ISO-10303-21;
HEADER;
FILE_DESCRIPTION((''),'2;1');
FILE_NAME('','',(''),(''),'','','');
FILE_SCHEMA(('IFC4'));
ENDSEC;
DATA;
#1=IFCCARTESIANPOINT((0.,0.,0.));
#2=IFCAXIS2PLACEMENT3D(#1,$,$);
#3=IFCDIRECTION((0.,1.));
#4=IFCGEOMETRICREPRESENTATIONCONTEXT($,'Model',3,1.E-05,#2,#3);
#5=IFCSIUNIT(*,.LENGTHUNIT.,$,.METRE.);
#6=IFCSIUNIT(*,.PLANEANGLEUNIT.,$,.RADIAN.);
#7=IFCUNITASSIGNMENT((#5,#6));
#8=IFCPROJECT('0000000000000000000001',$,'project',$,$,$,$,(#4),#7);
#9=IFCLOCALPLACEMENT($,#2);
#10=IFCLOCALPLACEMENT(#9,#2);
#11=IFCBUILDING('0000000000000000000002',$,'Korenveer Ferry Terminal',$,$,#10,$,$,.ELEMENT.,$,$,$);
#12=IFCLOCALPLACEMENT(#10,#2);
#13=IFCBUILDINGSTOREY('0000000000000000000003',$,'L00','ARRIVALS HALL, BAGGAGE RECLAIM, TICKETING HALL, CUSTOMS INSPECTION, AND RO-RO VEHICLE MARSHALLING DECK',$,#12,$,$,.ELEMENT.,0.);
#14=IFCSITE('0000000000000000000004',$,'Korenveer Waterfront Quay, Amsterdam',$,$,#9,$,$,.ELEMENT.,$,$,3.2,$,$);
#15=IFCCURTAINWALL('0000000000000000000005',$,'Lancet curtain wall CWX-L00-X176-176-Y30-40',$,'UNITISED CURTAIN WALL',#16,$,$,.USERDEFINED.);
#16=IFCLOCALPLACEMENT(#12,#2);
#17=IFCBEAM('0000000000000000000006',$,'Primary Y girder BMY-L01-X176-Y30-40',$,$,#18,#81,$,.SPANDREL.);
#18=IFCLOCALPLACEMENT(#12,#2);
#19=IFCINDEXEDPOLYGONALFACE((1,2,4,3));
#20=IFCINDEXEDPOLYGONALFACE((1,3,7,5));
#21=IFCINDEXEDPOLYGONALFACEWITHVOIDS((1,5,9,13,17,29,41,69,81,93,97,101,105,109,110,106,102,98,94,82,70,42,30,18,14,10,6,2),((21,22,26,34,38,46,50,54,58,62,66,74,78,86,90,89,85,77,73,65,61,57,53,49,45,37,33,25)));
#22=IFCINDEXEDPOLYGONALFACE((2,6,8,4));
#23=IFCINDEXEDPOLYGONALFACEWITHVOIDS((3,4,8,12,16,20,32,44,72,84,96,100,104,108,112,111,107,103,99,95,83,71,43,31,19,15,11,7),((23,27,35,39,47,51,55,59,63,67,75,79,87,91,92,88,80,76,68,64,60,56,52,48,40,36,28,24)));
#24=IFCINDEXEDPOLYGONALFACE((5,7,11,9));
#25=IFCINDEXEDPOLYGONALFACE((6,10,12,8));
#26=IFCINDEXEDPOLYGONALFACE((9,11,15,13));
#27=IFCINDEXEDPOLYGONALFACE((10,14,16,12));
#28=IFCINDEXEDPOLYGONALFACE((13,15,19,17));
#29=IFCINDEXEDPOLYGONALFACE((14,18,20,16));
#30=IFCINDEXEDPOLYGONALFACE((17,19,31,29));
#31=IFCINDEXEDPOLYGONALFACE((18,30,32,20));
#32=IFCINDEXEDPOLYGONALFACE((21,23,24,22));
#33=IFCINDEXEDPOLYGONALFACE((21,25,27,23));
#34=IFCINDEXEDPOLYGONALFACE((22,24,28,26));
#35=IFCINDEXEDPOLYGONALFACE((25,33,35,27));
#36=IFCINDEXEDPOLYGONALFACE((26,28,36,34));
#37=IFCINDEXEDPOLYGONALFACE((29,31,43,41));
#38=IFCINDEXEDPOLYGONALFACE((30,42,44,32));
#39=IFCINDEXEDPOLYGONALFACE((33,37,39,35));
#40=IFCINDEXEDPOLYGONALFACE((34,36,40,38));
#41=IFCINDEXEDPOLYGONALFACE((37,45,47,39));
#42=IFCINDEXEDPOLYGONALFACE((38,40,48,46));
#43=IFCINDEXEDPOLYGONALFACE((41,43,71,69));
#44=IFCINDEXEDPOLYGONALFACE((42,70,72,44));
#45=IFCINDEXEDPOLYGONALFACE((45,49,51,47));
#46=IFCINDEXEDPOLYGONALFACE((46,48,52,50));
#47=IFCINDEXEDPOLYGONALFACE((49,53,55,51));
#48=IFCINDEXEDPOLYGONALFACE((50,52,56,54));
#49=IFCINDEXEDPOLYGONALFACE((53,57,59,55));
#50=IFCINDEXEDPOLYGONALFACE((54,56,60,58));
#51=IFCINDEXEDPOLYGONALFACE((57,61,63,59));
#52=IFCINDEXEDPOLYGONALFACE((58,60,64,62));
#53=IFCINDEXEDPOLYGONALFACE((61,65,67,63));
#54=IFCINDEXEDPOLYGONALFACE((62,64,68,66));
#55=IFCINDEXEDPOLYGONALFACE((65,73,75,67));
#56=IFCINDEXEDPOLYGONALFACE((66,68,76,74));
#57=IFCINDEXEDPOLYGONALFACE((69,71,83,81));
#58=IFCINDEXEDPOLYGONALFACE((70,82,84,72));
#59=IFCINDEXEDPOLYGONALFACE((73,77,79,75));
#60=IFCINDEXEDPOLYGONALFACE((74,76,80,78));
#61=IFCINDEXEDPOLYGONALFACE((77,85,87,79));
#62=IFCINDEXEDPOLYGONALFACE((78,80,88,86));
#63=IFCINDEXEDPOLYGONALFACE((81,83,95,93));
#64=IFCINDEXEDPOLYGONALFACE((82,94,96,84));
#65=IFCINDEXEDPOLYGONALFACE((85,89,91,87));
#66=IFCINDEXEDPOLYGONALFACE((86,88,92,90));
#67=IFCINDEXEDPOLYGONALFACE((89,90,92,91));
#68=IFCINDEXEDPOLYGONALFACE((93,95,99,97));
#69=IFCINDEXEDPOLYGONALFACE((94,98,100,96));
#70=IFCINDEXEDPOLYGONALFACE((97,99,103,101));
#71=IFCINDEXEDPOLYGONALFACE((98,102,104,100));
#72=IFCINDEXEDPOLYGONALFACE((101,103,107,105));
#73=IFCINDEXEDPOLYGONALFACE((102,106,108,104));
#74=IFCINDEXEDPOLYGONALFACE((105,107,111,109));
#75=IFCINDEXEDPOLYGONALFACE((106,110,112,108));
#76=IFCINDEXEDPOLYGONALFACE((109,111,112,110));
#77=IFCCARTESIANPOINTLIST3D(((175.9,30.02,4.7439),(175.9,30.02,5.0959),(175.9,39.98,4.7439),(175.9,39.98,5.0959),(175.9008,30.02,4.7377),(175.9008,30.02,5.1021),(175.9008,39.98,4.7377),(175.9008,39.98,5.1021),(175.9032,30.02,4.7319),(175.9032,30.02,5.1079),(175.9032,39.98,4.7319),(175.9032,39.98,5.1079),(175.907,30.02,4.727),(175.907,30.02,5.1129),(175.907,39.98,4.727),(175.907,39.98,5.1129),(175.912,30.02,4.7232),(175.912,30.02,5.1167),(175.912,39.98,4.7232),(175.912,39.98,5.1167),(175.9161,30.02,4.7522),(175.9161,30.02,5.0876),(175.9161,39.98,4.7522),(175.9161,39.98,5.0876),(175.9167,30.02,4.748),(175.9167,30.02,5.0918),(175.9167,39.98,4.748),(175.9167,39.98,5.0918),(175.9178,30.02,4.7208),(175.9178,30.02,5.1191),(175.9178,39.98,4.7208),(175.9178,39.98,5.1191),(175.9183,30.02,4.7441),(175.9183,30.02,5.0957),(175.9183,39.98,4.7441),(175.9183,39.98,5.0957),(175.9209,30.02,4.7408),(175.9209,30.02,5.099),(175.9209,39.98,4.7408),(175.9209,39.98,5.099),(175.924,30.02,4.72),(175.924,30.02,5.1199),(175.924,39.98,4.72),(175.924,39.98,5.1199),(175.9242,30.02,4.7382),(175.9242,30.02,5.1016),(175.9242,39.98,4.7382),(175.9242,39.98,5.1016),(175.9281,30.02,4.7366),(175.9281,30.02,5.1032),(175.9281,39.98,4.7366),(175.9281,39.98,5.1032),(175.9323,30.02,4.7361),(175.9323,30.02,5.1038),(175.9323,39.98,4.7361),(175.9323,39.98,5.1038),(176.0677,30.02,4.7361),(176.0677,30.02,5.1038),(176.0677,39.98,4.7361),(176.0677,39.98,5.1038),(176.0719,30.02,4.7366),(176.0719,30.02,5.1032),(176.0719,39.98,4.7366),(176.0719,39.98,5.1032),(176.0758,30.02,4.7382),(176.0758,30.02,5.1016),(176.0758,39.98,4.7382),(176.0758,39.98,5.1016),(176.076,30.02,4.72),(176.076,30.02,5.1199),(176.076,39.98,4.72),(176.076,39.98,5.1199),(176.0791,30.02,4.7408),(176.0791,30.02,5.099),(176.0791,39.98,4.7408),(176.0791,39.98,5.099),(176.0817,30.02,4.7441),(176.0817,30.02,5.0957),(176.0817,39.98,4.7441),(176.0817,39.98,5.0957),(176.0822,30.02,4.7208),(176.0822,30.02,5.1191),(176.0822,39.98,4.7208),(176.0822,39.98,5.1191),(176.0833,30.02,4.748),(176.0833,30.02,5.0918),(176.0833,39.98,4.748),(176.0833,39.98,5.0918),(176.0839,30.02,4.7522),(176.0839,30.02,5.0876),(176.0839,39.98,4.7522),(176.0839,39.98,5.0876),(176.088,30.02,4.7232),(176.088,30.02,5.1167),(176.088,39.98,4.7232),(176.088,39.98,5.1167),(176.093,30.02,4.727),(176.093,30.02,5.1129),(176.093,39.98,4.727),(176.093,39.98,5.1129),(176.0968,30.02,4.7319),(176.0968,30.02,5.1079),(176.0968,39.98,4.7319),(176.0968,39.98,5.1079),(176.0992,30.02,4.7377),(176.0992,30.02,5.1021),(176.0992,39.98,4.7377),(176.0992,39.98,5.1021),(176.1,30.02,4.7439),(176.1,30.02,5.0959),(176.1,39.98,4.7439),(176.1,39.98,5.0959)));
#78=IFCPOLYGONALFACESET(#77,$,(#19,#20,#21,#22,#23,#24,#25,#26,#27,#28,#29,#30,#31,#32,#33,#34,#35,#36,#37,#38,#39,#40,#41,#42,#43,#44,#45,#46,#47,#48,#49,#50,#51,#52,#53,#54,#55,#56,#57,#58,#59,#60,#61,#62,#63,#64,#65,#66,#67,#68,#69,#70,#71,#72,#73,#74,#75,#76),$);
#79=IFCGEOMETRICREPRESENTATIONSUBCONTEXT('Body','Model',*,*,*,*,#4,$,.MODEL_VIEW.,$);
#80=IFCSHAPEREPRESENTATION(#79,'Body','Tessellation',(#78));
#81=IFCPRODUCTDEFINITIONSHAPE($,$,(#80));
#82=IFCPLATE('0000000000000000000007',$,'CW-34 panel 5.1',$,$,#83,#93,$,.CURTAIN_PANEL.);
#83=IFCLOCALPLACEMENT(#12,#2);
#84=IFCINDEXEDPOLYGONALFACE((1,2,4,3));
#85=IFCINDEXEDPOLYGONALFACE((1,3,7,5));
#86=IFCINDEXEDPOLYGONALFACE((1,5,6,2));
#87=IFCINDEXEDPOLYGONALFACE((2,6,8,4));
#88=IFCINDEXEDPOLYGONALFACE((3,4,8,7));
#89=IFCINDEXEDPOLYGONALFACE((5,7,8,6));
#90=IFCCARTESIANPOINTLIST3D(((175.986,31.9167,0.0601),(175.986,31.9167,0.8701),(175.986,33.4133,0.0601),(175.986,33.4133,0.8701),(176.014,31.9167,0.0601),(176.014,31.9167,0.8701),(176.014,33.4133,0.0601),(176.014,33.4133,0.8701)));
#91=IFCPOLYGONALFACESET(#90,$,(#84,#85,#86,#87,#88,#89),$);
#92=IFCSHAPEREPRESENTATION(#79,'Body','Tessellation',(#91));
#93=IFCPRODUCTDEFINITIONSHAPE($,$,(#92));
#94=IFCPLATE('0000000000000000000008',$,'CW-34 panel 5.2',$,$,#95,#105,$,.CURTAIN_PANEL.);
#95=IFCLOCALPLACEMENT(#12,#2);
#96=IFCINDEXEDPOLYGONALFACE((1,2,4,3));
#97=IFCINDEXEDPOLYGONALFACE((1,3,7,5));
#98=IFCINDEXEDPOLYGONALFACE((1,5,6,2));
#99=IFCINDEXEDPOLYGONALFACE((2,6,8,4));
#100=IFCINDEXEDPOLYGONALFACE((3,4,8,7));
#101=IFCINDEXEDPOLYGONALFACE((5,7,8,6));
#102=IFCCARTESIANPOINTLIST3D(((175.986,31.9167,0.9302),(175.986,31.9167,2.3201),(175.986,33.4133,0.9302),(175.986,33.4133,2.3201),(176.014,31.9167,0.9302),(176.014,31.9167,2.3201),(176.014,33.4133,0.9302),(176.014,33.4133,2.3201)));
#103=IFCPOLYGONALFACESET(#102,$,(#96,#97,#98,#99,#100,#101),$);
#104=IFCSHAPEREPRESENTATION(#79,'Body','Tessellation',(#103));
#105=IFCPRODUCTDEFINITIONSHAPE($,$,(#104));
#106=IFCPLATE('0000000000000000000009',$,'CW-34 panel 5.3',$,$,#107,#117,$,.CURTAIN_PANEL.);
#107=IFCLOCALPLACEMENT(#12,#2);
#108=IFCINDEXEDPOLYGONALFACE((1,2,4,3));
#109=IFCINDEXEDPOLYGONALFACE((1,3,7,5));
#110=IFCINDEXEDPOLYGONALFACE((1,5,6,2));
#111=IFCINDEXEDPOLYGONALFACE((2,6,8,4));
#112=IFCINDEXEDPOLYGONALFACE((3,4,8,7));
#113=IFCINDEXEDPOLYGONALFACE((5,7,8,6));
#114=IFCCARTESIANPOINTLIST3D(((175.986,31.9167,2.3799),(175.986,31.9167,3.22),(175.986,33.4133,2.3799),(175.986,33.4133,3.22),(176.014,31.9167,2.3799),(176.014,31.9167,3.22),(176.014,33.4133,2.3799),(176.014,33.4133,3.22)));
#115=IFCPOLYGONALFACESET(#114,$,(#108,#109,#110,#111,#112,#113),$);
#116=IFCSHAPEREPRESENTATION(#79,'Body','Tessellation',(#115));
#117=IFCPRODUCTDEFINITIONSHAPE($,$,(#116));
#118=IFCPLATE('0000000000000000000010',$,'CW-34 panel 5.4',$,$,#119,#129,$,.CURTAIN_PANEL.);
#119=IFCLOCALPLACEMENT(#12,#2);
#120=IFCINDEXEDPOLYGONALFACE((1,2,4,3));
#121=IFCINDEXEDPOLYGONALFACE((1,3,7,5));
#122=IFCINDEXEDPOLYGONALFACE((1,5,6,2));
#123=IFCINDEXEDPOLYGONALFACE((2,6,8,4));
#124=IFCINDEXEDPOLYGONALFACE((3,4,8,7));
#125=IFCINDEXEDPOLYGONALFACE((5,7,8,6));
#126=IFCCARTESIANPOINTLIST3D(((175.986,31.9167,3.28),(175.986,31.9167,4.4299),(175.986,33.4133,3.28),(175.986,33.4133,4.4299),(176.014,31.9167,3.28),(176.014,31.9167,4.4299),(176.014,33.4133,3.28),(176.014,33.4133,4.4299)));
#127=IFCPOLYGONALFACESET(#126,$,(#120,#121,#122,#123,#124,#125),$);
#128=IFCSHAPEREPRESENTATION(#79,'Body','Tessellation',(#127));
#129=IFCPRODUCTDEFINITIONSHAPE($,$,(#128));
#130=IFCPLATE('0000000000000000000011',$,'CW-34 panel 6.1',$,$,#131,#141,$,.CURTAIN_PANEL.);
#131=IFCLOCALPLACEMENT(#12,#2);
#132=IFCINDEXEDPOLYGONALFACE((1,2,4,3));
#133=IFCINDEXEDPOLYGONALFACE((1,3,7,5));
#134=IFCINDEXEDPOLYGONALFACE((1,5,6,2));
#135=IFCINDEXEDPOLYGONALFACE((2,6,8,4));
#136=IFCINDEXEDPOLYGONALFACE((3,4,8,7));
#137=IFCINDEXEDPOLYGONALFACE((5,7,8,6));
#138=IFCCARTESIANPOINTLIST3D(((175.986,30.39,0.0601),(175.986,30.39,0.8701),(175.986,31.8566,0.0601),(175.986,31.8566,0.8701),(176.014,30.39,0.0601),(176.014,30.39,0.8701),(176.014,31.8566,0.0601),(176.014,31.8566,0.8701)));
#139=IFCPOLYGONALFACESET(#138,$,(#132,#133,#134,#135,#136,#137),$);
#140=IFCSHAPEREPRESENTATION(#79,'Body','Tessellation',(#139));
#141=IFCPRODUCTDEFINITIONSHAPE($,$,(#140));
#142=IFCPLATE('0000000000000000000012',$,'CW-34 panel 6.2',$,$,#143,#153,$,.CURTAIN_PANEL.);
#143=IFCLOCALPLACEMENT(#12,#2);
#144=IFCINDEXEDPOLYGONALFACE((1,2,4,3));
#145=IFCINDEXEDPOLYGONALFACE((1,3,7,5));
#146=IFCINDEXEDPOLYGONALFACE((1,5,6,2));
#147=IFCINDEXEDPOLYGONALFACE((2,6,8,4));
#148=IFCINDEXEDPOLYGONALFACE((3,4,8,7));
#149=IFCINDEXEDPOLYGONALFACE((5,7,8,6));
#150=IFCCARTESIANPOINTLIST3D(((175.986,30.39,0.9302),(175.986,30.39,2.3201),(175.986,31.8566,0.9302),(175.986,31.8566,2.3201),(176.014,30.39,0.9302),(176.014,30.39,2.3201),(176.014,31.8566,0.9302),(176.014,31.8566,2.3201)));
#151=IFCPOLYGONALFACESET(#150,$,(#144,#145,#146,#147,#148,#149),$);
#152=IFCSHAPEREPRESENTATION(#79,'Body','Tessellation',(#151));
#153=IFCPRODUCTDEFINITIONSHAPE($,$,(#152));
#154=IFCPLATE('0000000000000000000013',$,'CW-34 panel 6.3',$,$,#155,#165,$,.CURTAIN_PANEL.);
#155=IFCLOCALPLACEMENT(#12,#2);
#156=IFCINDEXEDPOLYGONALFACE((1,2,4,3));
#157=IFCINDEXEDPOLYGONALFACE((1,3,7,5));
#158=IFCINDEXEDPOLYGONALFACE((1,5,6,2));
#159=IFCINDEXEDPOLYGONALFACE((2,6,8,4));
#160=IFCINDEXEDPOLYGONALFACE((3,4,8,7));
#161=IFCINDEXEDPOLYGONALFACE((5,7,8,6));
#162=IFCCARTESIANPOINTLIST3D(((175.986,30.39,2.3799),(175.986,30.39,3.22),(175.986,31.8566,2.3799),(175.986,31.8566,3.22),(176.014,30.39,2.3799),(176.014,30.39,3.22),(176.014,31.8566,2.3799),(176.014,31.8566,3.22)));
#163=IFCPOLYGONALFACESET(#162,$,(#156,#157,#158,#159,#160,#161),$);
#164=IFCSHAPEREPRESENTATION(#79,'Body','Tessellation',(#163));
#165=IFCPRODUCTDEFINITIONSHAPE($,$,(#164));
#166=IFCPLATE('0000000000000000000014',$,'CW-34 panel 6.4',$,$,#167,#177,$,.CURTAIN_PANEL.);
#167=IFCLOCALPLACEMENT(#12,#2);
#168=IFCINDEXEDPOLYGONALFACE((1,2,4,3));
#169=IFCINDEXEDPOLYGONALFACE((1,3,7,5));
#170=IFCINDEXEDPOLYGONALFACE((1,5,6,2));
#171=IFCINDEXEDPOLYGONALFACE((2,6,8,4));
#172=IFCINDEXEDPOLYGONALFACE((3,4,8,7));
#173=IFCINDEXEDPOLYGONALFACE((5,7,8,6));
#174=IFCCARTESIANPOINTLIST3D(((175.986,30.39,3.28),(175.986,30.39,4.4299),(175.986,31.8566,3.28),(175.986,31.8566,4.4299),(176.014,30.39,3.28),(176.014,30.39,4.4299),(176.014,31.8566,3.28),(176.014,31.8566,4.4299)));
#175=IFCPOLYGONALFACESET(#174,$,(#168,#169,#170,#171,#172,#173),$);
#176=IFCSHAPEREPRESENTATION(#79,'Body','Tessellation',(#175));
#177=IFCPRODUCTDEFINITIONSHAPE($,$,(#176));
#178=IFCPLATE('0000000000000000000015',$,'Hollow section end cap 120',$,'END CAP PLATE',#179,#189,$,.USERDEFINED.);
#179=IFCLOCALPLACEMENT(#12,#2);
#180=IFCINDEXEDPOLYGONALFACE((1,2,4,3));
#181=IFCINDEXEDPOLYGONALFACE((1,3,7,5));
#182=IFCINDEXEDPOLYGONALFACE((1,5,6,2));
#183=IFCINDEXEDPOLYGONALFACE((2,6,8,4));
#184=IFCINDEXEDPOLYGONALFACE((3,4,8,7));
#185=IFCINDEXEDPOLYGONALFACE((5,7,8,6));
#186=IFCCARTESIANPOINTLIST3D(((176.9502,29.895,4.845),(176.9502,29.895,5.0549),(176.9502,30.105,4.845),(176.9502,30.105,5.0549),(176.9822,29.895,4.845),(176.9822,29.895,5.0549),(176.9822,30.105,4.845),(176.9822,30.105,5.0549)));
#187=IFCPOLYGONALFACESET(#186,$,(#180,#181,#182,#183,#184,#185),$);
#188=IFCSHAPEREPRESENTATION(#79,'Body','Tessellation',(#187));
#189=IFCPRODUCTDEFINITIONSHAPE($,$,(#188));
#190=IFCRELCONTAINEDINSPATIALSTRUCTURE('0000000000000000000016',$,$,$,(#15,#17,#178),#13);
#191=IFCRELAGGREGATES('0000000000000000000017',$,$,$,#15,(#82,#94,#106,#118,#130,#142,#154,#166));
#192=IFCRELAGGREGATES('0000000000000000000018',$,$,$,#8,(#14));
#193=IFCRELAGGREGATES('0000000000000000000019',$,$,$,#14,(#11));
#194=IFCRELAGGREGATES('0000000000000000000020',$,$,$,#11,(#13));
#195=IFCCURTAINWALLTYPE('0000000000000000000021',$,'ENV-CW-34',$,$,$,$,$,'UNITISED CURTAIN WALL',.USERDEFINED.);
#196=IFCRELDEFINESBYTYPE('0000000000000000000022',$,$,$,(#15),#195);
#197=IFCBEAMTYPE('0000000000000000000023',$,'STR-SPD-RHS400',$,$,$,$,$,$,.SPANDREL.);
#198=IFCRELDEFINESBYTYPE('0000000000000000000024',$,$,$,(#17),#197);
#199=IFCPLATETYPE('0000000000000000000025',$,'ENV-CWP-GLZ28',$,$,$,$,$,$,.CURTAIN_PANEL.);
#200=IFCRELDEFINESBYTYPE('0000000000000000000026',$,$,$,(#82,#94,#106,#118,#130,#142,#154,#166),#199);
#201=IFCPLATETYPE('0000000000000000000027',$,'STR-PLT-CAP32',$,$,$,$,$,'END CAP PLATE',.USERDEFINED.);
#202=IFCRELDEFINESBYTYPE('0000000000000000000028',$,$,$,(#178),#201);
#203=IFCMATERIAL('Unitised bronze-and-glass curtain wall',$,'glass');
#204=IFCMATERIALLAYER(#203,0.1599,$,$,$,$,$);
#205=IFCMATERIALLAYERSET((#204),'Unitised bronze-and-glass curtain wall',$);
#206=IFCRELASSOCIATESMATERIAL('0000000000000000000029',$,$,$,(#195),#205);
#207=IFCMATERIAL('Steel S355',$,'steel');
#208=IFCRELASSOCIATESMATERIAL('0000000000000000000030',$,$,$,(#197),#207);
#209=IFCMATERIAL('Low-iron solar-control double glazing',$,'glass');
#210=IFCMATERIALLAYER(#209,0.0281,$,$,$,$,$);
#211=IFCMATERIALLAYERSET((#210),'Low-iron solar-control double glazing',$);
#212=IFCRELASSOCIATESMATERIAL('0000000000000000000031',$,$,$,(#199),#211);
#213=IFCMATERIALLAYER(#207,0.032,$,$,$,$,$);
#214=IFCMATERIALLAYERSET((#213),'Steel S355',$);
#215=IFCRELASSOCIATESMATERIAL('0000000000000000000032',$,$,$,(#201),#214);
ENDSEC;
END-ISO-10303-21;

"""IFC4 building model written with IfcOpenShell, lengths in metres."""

from ifc_helpers import new_model, si_unit, direction, frame, origin, origin_2d, place, context, subcontext, project, spatial, rectangle, hollow_rectangle, extrude, material, layer, layer_set, material_profile, profile_set, type_object, element, aggregate, save


model = new_model("IFC4")

# Units and contexts
model_context = context("Model", 3, precision=1e-05, world=origin(), true_north=direction((0.0, 1.0)))
body_context = subcontext(model_context, "Body", "Model", "MODEL_VIEW")
ifc_project = project(units=[si_unit("LENGTHUNIT", "METRE"), si_unit("PLANEANGLEUNIT", "RADIAN")], contexts=[model_context])

# Site, building, storey
site_placement = place(None, origin())
site = spatial("IfcSite", under=ifc_project, at=site_placement, Name="Korenveer Waterfront Quay, Amsterdam", CompositionType="ELEMENT", RefElevation=3.2)
building_placement = place(site_placement, origin())
building = spatial("IfcBuilding", under=site, at=building_placement, Name="Korenveer Ferry Terminal", CompositionType="ELEMENT")
storey_placement = place(building_placement, origin())
storey = spatial("IfcBuildingStorey", under=building, at=storey_placement, Name="L00", Description="ARRIVALS HALL, BAGGAGE RECLAIM, TICKETING HALL, CUSTOMS INSPECTION, AND RO-RO VEHICLE MARSHALLING DECK", CompositionType="ELEMENT", Elevation=0.0)

# Curtain wall
ifc_material_1 = material(Name="Unitised bronze-and-glass curtain wall", Category="glass")
ifc_layer_1 = layer(ifc_material_1, 0.1599)
ifc_layer_set_1 = layer_set([ifc_layer_1], Name="Unitised bronze-and-glass curtain wall")
curtain_wall_type = type_object("IfcCurtainWallType", Name="ENV-CW-34", ElementType="UNITISED CURTAIN WALL", PredefinedType="USERDEFINED", material=ifc_layer_set_1)
curtain_wall_placement = place(storey_placement, frame((176.0, 39.6699, 0.0)))
curtain_wall = element("IfcCurtainWall", 1, at=curtain_wall_placement, inside=storey, type_object=curtain_wall_type, Name="Lancet curtain wall CWX-L00-X176-176-Y30-40", ObjectType="UNITISED CURTAIN WALL", PredefinedType="USERDEFINED")

# Beam
ifc_material_2 = material(Name="Steel S355", Category="steel")
ifc_material_profile_1 = material_profile(ifc_material_2, hollow_rectangle(XDim=0.2, YDim=0.3999, WallThickness=0.0161, InnerFilletRadius=0.0161, OuterFilletRadius=0.0239, at=origin_2d()), Name="RHS 400x200x16")
ifc_profile_set_1 = profile_set([ifc_material_profile_1], Name="Steel S355")
beam_type = type_object("IfcBeamType", Name="STR-SPD-RHS400", PredefinedType="SPANDREL", material=ifc_profile_set_1)
beam_placement = place(storey_placement, frame((176.0, 30.02, 4.9199), z_axis=(0.0, 1.0, 0.0), x_axis=(-1.0, 0.0, 0.0)))
element("IfcBeam", 2, at=beam_placement, inside=storey, type_object=beam_type, Name="Primary Y girder BMY-L01-X176-Y30-40", PredefinedType="SPANDREL", context=body_context, shape_type="SweptSolid", body=[
    extrude(hollow_rectangle(XDim=0.2, YDim=0.3999, WallThickness=0.0161, InnerFilletRadius=0.0161, OuterFilletRadius=0.0239, at=origin_2d()), origin(), (0.0, 0.0, 1.0), 9.96),
])

# Plates
ifc_material_3 = material(Name="Low-iron solar-control double glazing", Category="glass")
ifc_layer_2 = layer(ifc_material_3, 0.0281)
ifc_layer_set_2 = layer_set([ifc_layer_2], Name="Low-iron solar-control double glazing")
plate_type_1 = type_object("IfcPlateType", Name="ENV-CWP-GLZ28", PredefinedType="CURTAIN_PANEL", material=ifc_layer_set_2)
plate_1_placement = place(storey_placement, frame((176.0, 32.665, 0.0601), z_axis=(0.0, 0.0, 1.0), x_axis=(0.0, -1.0, 0.0)))
plate_1 = element("IfcPlate", 3, at=plate_1_placement, type_object=plate_type_1, Name="CW-34 panel 5.1", PredefinedType="CURTAIN_PANEL", context=body_context, shape_type="SweptSolid", body=[
    extrude(rectangle(XDim=1.4966, YDim=0.0281, at=origin_2d()), origin(), (0.0, 0.0, 1.0), 0.8101),
])
plate_2_placement = place(storey_placement, frame((176.0, 32.665, 0.9302), z_axis=(0.0, 0.0, 1.0), x_axis=(0.0, -1.0, 0.0)))
plate_2 = element("IfcPlate", 4, at=plate_2_placement, type_object=plate_type_1, Name="CW-34 panel 5.2", PredefinedType="CURTAIN_PANEL", context=body_context, shape_type="SweptSolid", body=[
    extrude(rectangle(XDim=1.4966, YDim=0.0281, at=origin_2d()), origin(), (0.0, 0.0, 1.0), 1.3899),
])
plate_3_placement = place(storey_placement, frame((176.0, 32.665, 2.3799), z_axis=(0.0, 0.0, 1.0), x_axis=(0.0, -1.0, 0.0)))
plate_3 = element("IfcPlate", 5, at=plate_3_placement, type_object=plate_type_1, Name="CW-34 panel 5.3", PredefinedType="CURTAIN_PANEL", context=body_context, shape_type="SweptSolid", body=[
    extrude(rectangle(XDim=1.4966, YDim=0.0281, at=origin_2d()), origin(), (0.0, 0.0, 1.0), 0.8401),
])
plate_4_placement = place(storey_placement, frame((176.0, 32.665, 3.28), z_axis=(0.0, 0.0, 1.0), x_axis=(0.0, -1.0, 0.0)))
plate_4 = element("IfcPlate", 6, at=plate_4_placement, type_object=plate_type_1, Name="CW-34 panel 5.4", PredefinedType="CURTAIN_PANEL", context=body_context, shape_type="SweptSolid", body=[
    extrude(rectangle(XDim=1.4966, YDim=0.0281, at=origin_2d()), origin(), (0.0, 0.0, 1.0), 1.1499),
])
plate_5_placement = place(storey_placement, frame((176.0, 31.1233, 0.0601), z_axis=(0.0, 0.0, 1.0), x_axis=(0.0, -1.0, 0.0)))
plate_5 = element("IfcPlate", 7, at=plate_5_placement, type_object=plate_type_1, Name="CW-34 panel 6.1", PredefinedType="CURTAIN_PANEL", context=body_context, shape_type="SweptSolid", body=[
    extrude(rectangle(XDim=1.4666, YDim=0.0281, at=origin_2d()), origin(), (0.0, 0.0, 1.0), 0.8101),
])
plate_6_placement = place(storey_placement, frame((176.0, 31.1233, 0.9302), z_axis=(0.0, 0.0, 1.0), x_axis=(0.0, -1.0, 0.0)))
plate_6 = element("IfcPlate", 8, at=plate_6_placement, type_object=plate_type_1, Name="CW-34 panel 6.2", PredefinedType="CURTAIN_PANEL", context=body_context, shape_type="SweptSolid", body=[
    extrude(rectangle(XDim=1.4666, YDim=0.0281, at=origin_2d()), origin(), (0.0, 0.0, 1.0), 1.3899),
])
plate_7_placement = place(storey_placement, frame((176.0, 31.1233, 2.3799), z_axis=(0.0, 0.0, 1.0), x_axis=(0.0, -1.0, 0.0)))
plate_7 = element("IfcPlate", 9, at=plate_7_placement, type_object=plate_type_1, Name="CW-34 panel 6.3", PredefinedType="CURTAIN_PANEL", context=body_context, shape_type="SweptSolid", body=[
    extrude(rectangle(XDim=1.4666, YDim=0.0281, at=origin_2d()), origin(), (0.0, 0.0, 1.0), 0.8401),
])
plate_8_placement = place(storey_placement, frame((176.0, 31.1233, 3.28), z_axis=(0.0, 0.0, 1.0), x_axis=(0.0, -1.0, 0.0)))
plate_8 = element("IfcPlate", 10, at=plate_8_placement, type_object=plate_type_1, Name="CW-34 panel 6.4", PredefinedType="CURTAIN_PANEL", context=body_context, shape_type="SweptSolid", body=[
    extrude(rectangle(XDim=1.4666, YDim=0.0281, at=origin_2d()), origin(), (0.0, 0.0, 1.0), 1.1499),
])
aggregate(curtain_wall, [plate_1, plate_2, plate_3, plate_4, plate_5, plate_6, plate_7, plate_8])
ifc_layer_3 = layer(ifc_material_2, 0.032)
ifc_layer_set_3 = layer_set([ifc_layer_3], Name="Steel S355")
plate_type_2 = type_object("IfcPlateType", Name="STR-PLT-CAP32", ElementType="END CAP PLATE", PredefinedType="USERDEFINED", material=ifc_layer_set_3)
plate_9_placement = place(storey_placement, frame((176.9502, 30.0, 4.95), z_axis=(1.0, 0.0, 0.0), x_axis=(0.0, 1.0, 0.0)))
element("IfcPlate", 11, at=plate_9_placement, inside=storey, type_object=plate_type_2, Name="Hollow section end cap 120", ObjectType="END CAP PLATE", PredefinedType="USERDEFINED", context=body_context, shape_type="SweptSolid", body=[
    extrude(rectangle(XDim=0.21, YDim=0.21, at=origin_2d()), origin(), (0.0, 0.0, 1.0), 0.032),
])

save(model, "model.ifc")
